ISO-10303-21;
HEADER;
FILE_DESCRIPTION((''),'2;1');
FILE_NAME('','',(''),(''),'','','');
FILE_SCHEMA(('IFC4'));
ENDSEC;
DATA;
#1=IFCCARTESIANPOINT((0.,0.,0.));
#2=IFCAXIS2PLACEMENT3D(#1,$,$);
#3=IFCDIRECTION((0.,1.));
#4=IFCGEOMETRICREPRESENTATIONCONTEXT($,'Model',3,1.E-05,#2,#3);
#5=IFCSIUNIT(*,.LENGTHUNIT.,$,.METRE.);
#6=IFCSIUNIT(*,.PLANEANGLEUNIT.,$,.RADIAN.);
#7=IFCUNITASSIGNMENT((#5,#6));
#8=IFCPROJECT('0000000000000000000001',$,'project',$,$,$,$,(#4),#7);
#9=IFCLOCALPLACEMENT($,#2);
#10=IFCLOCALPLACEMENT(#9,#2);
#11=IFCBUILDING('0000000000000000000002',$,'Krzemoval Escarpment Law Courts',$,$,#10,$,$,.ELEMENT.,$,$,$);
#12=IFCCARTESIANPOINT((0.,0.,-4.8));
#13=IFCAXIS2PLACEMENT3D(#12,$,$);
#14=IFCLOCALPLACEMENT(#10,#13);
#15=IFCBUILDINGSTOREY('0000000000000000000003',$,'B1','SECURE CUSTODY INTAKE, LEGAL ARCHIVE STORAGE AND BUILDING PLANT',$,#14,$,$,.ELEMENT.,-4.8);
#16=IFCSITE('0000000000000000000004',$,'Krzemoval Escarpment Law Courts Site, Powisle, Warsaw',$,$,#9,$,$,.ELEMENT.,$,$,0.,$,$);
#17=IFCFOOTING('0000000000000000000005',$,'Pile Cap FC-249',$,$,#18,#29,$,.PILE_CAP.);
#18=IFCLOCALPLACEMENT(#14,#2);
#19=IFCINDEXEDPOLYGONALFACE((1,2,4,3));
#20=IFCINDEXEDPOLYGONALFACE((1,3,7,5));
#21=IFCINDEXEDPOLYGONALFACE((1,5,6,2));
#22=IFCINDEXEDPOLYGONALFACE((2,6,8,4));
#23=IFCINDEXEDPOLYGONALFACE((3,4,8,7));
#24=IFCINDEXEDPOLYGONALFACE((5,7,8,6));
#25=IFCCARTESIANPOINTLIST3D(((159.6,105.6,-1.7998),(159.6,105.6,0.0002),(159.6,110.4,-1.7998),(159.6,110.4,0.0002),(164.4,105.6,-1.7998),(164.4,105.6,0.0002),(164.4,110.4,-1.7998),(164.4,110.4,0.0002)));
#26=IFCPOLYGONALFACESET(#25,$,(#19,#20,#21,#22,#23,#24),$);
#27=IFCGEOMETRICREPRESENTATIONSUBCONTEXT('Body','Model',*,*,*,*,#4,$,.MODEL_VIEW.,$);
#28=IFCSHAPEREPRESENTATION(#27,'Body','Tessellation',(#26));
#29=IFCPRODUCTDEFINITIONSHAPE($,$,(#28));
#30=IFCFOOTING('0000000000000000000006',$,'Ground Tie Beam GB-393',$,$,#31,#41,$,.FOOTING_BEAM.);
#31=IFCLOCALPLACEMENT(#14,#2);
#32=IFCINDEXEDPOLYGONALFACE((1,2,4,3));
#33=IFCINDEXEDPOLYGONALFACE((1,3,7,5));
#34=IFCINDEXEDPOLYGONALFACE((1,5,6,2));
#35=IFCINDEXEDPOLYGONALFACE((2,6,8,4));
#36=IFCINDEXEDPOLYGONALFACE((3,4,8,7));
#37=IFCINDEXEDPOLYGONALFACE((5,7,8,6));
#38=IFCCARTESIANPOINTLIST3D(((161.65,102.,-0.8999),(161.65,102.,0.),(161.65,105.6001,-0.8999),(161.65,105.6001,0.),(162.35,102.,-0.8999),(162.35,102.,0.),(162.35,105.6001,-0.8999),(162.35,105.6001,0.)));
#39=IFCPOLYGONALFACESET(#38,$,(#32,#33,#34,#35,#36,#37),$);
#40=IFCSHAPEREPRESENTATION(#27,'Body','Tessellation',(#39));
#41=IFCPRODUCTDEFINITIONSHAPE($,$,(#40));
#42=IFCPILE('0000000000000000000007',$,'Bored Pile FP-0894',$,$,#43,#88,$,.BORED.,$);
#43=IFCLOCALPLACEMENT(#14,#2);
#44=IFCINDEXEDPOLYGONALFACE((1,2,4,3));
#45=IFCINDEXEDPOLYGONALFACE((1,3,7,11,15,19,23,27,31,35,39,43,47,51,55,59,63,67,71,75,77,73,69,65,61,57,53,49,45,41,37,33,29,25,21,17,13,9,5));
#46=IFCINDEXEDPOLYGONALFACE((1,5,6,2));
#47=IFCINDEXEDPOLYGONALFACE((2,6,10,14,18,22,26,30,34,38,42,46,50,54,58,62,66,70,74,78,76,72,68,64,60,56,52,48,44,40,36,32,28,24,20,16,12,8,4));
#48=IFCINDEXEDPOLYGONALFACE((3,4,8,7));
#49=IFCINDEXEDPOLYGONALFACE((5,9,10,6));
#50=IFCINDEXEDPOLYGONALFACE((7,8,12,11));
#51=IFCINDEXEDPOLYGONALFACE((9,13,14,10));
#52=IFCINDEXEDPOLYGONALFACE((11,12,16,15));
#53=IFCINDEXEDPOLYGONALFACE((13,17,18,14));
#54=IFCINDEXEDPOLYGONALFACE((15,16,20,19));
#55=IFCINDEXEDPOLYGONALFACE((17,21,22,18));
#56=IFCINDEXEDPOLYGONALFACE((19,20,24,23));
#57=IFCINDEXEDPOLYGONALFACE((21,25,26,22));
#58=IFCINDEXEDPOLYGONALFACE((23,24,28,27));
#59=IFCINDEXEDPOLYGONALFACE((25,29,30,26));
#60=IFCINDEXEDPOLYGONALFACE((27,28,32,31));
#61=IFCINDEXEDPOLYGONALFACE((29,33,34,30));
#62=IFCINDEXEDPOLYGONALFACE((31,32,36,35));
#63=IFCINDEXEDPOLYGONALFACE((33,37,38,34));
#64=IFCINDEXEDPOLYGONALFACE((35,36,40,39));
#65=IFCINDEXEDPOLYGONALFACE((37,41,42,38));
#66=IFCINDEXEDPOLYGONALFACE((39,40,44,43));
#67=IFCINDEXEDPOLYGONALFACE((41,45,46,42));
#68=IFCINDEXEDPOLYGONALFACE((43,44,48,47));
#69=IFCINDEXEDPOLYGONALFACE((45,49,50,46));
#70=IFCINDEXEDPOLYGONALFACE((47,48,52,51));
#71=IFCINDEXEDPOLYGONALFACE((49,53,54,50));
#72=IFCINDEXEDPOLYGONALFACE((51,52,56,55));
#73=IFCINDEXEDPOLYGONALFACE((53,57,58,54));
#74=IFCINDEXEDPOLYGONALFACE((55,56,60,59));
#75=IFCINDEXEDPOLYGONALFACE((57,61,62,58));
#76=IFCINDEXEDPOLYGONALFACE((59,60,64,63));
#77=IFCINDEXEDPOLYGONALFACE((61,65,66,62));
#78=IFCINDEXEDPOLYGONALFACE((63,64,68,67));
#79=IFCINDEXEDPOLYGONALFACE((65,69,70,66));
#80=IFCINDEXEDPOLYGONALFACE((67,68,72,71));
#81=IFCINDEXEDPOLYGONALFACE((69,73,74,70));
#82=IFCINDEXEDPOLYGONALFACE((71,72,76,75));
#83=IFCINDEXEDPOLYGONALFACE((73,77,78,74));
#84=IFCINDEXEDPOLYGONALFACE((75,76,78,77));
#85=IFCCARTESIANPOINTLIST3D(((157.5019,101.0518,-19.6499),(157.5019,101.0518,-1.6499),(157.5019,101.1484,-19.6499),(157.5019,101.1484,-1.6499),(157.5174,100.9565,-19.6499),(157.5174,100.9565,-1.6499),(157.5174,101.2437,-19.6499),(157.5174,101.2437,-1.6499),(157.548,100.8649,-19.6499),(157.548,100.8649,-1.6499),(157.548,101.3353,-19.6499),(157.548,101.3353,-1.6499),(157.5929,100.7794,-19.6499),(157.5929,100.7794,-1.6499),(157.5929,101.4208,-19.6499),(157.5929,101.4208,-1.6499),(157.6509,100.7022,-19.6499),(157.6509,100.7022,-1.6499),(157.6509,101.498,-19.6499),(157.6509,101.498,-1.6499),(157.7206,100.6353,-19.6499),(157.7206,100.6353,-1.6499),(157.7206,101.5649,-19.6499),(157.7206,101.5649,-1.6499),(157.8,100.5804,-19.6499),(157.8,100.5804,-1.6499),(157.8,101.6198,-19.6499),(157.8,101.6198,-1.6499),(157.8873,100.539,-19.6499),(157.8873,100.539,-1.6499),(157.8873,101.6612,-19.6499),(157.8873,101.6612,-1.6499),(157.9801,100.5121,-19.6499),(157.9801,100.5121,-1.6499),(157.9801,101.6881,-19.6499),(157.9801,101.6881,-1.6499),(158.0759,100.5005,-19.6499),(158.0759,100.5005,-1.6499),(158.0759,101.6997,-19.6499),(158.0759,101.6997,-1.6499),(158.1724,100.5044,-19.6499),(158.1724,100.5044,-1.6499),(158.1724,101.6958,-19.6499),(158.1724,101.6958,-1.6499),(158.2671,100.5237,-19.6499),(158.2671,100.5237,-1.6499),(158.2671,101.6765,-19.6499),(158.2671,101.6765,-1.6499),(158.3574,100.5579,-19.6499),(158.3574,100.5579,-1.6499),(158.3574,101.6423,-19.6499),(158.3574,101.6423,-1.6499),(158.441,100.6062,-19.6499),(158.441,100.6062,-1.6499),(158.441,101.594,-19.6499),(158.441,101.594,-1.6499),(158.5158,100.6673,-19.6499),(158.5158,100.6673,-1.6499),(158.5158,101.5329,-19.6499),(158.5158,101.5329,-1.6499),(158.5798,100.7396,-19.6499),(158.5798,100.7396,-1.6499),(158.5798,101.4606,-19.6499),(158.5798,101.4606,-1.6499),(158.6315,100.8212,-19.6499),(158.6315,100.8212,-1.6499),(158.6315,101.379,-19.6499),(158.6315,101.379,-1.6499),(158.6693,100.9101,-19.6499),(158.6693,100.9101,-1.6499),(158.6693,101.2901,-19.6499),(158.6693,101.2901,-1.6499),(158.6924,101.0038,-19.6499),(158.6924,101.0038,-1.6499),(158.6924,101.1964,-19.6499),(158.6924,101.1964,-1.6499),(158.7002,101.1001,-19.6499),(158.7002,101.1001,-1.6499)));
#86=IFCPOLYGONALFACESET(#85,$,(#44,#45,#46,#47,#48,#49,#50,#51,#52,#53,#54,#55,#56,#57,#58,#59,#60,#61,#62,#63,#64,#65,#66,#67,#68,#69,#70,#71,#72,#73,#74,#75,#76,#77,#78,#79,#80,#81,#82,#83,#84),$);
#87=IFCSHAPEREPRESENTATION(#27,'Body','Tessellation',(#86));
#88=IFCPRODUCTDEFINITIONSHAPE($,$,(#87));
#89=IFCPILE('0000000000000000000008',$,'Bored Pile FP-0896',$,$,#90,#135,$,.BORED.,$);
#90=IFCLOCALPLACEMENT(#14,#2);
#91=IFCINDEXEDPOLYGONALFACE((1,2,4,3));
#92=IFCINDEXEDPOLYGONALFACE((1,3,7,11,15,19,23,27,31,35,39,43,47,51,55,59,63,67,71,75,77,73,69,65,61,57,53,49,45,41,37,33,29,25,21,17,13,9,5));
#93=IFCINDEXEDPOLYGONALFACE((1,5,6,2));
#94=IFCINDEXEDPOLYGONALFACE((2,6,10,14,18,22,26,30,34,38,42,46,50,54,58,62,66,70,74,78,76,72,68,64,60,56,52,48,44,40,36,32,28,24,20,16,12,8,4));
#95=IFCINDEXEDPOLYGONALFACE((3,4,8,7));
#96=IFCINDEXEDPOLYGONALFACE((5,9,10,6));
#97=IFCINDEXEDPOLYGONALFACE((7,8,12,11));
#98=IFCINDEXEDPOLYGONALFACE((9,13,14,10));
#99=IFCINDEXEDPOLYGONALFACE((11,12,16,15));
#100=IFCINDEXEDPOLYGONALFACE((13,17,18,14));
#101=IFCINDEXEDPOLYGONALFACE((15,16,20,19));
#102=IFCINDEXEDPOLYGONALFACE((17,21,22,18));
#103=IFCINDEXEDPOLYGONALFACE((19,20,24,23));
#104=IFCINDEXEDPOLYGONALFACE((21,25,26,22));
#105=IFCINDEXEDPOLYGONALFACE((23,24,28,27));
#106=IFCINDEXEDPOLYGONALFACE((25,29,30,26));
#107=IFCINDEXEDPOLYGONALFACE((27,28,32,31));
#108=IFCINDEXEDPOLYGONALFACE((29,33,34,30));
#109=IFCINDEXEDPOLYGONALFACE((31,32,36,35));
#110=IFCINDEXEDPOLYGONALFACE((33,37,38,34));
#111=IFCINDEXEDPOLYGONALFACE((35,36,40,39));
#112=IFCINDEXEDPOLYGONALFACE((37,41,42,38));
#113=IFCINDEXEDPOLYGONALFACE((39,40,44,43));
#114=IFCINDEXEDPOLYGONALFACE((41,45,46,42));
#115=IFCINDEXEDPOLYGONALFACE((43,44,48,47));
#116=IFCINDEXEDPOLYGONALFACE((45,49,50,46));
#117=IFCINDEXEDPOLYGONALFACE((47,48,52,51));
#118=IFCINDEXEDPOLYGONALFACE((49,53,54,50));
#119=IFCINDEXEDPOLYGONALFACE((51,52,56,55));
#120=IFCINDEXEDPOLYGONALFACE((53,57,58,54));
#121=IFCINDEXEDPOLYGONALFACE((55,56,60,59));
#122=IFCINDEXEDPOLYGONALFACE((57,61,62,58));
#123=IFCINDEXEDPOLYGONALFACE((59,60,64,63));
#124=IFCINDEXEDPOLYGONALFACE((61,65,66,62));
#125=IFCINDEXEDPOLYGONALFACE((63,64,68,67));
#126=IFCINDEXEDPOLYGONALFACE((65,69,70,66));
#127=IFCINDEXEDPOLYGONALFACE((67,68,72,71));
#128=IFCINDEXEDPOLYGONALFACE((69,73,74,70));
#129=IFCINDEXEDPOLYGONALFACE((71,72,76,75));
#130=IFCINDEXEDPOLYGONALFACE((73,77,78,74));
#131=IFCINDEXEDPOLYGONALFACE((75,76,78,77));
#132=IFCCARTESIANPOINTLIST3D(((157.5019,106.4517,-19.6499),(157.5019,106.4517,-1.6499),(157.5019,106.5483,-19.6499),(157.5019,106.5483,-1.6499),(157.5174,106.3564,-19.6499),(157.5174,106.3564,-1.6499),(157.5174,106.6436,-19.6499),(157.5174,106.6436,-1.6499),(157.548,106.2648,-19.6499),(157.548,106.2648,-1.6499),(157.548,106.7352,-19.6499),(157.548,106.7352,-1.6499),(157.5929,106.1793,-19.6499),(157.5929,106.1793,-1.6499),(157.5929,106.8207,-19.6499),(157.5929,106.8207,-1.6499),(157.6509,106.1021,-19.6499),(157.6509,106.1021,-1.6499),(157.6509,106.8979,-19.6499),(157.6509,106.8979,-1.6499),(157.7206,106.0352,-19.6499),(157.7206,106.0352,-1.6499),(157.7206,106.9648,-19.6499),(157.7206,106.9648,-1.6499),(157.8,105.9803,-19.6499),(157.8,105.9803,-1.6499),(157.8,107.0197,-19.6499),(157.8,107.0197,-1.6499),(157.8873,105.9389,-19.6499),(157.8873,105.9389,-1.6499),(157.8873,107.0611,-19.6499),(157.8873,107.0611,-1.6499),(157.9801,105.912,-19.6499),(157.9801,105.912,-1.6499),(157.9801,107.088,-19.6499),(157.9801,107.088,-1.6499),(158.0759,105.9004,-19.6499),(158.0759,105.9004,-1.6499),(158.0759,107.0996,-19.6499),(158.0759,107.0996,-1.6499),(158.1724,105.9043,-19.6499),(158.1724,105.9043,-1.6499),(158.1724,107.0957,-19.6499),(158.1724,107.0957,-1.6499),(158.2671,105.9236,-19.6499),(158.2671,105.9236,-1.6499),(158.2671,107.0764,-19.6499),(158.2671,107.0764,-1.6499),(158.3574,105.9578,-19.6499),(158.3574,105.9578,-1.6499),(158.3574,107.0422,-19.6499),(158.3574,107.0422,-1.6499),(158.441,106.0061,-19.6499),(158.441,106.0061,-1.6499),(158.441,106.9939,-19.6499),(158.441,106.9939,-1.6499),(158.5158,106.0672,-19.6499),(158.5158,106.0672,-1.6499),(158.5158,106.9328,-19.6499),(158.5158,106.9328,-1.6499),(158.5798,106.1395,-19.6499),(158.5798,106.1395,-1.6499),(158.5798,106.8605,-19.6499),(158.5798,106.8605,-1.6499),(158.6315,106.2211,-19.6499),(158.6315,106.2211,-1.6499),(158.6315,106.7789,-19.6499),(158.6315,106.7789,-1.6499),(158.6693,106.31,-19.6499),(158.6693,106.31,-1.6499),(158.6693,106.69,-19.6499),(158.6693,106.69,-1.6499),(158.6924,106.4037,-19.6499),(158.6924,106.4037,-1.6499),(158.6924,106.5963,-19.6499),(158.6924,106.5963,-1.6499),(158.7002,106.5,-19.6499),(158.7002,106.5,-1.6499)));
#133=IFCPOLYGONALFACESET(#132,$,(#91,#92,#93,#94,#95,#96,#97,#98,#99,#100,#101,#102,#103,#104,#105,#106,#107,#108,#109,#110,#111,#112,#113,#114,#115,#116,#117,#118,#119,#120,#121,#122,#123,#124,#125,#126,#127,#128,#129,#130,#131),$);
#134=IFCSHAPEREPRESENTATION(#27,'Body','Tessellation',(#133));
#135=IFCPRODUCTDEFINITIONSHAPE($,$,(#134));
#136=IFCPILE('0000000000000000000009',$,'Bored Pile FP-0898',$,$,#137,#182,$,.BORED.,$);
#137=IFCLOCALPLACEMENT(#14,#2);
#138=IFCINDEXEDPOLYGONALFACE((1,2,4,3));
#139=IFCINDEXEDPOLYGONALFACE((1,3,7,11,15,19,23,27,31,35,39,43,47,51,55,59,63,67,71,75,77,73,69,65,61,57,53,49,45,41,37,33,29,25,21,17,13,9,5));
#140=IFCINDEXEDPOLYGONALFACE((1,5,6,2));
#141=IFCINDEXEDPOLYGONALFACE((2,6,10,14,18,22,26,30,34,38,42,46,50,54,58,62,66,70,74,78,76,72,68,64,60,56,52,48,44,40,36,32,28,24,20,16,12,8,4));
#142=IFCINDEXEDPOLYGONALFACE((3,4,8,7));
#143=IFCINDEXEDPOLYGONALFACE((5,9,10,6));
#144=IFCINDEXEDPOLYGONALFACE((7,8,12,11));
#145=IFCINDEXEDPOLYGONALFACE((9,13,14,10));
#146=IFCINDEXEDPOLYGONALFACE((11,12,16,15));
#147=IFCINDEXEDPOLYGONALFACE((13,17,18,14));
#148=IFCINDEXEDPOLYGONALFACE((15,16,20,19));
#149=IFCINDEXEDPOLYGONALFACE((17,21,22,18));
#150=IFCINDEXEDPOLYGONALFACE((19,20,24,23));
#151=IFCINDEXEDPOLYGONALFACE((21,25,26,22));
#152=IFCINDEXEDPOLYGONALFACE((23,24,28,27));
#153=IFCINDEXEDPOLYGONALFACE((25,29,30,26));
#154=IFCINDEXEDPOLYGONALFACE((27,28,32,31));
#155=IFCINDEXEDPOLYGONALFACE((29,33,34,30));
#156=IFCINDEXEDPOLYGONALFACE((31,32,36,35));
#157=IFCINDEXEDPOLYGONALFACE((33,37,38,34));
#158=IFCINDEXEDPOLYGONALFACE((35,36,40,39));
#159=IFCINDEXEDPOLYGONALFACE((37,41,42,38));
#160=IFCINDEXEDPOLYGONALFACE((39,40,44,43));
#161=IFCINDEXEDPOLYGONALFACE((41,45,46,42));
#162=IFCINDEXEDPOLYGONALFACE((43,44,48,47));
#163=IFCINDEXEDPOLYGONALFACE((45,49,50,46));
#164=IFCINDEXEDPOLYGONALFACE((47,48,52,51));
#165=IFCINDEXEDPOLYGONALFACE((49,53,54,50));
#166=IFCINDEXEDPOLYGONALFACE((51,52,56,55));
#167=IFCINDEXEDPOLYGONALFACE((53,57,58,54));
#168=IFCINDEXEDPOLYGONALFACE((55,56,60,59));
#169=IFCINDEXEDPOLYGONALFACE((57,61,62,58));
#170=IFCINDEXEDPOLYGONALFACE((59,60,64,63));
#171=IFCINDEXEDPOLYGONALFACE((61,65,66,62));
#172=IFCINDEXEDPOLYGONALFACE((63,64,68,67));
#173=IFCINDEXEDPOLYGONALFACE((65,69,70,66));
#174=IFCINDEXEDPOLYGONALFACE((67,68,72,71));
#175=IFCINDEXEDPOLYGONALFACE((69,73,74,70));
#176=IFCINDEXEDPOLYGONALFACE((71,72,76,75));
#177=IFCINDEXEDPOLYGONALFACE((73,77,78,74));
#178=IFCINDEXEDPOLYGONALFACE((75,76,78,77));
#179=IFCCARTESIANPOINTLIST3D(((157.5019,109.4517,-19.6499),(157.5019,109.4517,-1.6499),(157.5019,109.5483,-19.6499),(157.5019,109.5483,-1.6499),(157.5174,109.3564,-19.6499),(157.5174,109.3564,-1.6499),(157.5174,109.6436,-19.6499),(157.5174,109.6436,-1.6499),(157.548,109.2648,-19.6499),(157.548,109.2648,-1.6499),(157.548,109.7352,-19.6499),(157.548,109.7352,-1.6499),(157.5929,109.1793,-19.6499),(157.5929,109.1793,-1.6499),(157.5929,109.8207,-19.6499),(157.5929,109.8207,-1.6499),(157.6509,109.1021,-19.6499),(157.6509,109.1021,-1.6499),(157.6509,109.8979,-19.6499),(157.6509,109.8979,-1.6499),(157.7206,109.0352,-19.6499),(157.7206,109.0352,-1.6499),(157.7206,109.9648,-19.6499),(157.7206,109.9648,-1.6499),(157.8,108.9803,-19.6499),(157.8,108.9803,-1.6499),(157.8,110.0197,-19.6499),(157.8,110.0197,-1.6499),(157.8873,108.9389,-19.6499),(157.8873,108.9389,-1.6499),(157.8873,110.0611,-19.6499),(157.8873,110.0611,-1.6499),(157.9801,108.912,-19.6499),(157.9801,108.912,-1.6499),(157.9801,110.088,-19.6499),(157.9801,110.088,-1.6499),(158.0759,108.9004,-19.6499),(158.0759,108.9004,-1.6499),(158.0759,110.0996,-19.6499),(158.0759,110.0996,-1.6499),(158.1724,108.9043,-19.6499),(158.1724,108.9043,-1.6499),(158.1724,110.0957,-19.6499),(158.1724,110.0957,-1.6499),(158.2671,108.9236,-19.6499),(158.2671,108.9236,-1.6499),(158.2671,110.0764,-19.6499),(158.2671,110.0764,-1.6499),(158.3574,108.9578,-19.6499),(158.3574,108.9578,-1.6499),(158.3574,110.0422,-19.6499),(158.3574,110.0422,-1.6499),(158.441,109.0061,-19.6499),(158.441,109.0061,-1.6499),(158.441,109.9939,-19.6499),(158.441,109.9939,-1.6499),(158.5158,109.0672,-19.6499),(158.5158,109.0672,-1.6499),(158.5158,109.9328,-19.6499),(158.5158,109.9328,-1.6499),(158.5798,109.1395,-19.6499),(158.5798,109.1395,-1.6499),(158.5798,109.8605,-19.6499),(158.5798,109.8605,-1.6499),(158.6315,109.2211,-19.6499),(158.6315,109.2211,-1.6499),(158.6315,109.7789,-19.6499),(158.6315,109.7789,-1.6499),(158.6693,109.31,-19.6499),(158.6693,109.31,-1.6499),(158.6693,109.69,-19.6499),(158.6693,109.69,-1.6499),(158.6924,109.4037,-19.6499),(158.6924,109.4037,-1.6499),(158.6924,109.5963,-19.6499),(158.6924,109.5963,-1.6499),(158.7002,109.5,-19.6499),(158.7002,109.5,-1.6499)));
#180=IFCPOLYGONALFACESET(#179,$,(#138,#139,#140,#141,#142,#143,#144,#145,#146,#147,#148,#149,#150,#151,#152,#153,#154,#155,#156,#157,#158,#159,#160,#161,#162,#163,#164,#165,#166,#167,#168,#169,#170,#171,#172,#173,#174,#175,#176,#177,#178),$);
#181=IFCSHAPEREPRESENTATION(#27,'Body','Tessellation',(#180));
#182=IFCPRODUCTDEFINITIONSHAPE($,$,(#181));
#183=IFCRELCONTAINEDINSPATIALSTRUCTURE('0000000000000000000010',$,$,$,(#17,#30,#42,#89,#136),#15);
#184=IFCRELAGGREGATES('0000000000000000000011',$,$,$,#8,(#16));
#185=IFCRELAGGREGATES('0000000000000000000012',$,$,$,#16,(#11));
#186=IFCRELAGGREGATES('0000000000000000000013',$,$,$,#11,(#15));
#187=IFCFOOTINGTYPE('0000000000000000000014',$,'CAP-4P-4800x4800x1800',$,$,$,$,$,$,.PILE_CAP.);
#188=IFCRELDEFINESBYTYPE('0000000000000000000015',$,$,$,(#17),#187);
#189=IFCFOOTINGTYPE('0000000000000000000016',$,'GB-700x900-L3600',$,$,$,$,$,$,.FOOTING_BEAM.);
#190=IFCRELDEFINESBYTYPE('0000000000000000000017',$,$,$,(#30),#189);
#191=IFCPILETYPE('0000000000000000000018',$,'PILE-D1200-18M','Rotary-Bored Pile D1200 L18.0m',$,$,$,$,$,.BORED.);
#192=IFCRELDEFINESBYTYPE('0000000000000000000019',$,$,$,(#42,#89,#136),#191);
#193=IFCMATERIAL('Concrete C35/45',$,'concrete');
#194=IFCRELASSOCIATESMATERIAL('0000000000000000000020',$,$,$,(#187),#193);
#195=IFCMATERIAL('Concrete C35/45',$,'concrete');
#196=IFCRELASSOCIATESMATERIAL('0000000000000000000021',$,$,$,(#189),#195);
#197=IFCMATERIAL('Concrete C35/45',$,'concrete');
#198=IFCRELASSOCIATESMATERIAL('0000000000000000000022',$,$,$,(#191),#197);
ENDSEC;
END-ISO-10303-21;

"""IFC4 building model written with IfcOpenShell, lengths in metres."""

from ifc_helpers import new_model, si_unit, direction, frame, origin, origin_2d, place, context, subcontext, project, spatial, rectangle, circle, extrude, material, material_profile, profile_set, type_object, element, save


model = new_model("IFC4")

# Units and contexts
model_context = context("Model", 3, precision=1e-05, world=origin(), true_north=direction((0.0, 1.0)))
body_context = subcontext(model_context, "Body", "Model", "MODEL_VIEW")
ifc_project = project(units=[si_unit("LENGTHUNIT", "METRE"), si_unit("PLANEANGLEUNIT", "RADIAN")], contexts=[model_context])

# Site, building, storey
site_placement = place(None, origin())
site = spatial("IfcSite", under=ifc_project, at=site_placement, Name="Krzemoval Escarpment Law Courts Site, Powisle, Warsaw", CompositionType="ELEMENT", RefElevation=0.0)
building_placement = place(site_placement, origin())
building = spatial("IfcBuilding", under=site, at=building_placement, Name="Krzemoval Escarpment Law Courts", CompositionType="ELEMENT")
storey_placement = place(building_placement, frame((0.0, 0.0, -4.8)))
storey = spatial("IfcBuildingStorey", under=building, at=storey_placement, Name="B1", Description="SECURE CUSTODY INTAKE, LEGAL ARCHIVE STORAGE AND BUILDING PLANT", CompositionType="ELEMENT", Elevation=-4.8)

# Footings
ifc_material_1 = material(Name="Concrete C35/45", Category="concrete")
footing_type_1 = type_object("IfcFootingType", Name="CAP-4P-4800x4800x1800", PredefinedType="PILE_CAP", material=ifc_material_1)
footing_1_placement = place(storey_placement, frame((162.0, 108.0, -1.7998), z_axis=(0.0, 0.0, 1.0), x_axis=(1.0, 0.0, 0.0)))
element("IfcFooting", 1, at=footing_1_placement, inside=storey, type_object=footing_type_1, Name="Pile Cap FC-249", PredefinedType="PILE_CAP", context=body_context, shape_type="SweptSolid", body=[
    extrude(rectangle(XDim=4.8, YDim=4.8, at=origin_2d()), origin(), (0.0, 0.0, 1.0), 1.8),
])
ifc_material_2 = material(Name="Concrete C35/45", Category="concrete")
footing_type_2 = type_object("IfcFootingType", Name="GB-700x900-L3600", PredefinedType="FOOTING_BEAM", material=ifc_material_2)
footing_2_placement = place(storey_placement, frame((162.0, 103.8, -0.8999), z_axis=(0.0, 0.0, 1.0), x_axis=(0.0, 1.0, 0.0)))
element("IfcFooting", 2, at=footing_2_placement, inside=storey, type_object=footing_type_2, Name="Ground Tie Beam GB-393", PredefinedType="FOOTING_BEAM", context=body_context, shape_type="SweptSolid", body=[
    extrude(rectangle(XDim=3.6001, YDim=0.7, at=origin_2d()), origin(), (0.0, 0.0, 1.0), 0.8999),
])

# Piles
ifc_material_3 = material(Name="Concrete C35/45", Category="concrete")
ifc_material_profile_1 = material_profile(ifc_material_3, circle(Radius=0.6001, at=origin_2d()), Name="PILE D1200")
ifc_profile_set_1 = profile_set([ifc_material_profile_1], Name="Concrete C35/45")
pile_type = type_object("IfcPileType", Name="PILE-D1200-18M", Description="Rotary-Bored Pile D1200 L18.0m", PredefinedType="BORED", material=ifc_profile_set_1)
for number, where, z_axis, x_axis, name in (
    (3, (158.1001, 101.1001, -1.6499), (0.0, 0.0, -1.0), (1.0, 0.0, 0.0), "Bored Pile FP-0894"),
    (4, (158.1001, 106.5, -1.6499), (0.0, 0.0, -1.0), (1.0, 0.0, 0.0), "Bored Pile FP-0896"),
    (5, (158.1001, 109.5, -1.6499), (0.0, 0.0, -1.0), (1.0, 0.0, 0.0), "Bored Pile FP-0898"),
):
    element("IfcPile", number, at=place(storey_placement, frame(where, z_axis=z_axis, x_axis=x_axis)), inside=storey, type_object=pile_type, Name=name, PredefinedType="BORED", context=body_context, shape_type="SweptSolid", body=[
        extrude(circle(Radius=0.6001, at=origin_2d()), origin(), (0.0, 0.0, 1.0), 18.0),
    ])

save(model, "model.ifc")
